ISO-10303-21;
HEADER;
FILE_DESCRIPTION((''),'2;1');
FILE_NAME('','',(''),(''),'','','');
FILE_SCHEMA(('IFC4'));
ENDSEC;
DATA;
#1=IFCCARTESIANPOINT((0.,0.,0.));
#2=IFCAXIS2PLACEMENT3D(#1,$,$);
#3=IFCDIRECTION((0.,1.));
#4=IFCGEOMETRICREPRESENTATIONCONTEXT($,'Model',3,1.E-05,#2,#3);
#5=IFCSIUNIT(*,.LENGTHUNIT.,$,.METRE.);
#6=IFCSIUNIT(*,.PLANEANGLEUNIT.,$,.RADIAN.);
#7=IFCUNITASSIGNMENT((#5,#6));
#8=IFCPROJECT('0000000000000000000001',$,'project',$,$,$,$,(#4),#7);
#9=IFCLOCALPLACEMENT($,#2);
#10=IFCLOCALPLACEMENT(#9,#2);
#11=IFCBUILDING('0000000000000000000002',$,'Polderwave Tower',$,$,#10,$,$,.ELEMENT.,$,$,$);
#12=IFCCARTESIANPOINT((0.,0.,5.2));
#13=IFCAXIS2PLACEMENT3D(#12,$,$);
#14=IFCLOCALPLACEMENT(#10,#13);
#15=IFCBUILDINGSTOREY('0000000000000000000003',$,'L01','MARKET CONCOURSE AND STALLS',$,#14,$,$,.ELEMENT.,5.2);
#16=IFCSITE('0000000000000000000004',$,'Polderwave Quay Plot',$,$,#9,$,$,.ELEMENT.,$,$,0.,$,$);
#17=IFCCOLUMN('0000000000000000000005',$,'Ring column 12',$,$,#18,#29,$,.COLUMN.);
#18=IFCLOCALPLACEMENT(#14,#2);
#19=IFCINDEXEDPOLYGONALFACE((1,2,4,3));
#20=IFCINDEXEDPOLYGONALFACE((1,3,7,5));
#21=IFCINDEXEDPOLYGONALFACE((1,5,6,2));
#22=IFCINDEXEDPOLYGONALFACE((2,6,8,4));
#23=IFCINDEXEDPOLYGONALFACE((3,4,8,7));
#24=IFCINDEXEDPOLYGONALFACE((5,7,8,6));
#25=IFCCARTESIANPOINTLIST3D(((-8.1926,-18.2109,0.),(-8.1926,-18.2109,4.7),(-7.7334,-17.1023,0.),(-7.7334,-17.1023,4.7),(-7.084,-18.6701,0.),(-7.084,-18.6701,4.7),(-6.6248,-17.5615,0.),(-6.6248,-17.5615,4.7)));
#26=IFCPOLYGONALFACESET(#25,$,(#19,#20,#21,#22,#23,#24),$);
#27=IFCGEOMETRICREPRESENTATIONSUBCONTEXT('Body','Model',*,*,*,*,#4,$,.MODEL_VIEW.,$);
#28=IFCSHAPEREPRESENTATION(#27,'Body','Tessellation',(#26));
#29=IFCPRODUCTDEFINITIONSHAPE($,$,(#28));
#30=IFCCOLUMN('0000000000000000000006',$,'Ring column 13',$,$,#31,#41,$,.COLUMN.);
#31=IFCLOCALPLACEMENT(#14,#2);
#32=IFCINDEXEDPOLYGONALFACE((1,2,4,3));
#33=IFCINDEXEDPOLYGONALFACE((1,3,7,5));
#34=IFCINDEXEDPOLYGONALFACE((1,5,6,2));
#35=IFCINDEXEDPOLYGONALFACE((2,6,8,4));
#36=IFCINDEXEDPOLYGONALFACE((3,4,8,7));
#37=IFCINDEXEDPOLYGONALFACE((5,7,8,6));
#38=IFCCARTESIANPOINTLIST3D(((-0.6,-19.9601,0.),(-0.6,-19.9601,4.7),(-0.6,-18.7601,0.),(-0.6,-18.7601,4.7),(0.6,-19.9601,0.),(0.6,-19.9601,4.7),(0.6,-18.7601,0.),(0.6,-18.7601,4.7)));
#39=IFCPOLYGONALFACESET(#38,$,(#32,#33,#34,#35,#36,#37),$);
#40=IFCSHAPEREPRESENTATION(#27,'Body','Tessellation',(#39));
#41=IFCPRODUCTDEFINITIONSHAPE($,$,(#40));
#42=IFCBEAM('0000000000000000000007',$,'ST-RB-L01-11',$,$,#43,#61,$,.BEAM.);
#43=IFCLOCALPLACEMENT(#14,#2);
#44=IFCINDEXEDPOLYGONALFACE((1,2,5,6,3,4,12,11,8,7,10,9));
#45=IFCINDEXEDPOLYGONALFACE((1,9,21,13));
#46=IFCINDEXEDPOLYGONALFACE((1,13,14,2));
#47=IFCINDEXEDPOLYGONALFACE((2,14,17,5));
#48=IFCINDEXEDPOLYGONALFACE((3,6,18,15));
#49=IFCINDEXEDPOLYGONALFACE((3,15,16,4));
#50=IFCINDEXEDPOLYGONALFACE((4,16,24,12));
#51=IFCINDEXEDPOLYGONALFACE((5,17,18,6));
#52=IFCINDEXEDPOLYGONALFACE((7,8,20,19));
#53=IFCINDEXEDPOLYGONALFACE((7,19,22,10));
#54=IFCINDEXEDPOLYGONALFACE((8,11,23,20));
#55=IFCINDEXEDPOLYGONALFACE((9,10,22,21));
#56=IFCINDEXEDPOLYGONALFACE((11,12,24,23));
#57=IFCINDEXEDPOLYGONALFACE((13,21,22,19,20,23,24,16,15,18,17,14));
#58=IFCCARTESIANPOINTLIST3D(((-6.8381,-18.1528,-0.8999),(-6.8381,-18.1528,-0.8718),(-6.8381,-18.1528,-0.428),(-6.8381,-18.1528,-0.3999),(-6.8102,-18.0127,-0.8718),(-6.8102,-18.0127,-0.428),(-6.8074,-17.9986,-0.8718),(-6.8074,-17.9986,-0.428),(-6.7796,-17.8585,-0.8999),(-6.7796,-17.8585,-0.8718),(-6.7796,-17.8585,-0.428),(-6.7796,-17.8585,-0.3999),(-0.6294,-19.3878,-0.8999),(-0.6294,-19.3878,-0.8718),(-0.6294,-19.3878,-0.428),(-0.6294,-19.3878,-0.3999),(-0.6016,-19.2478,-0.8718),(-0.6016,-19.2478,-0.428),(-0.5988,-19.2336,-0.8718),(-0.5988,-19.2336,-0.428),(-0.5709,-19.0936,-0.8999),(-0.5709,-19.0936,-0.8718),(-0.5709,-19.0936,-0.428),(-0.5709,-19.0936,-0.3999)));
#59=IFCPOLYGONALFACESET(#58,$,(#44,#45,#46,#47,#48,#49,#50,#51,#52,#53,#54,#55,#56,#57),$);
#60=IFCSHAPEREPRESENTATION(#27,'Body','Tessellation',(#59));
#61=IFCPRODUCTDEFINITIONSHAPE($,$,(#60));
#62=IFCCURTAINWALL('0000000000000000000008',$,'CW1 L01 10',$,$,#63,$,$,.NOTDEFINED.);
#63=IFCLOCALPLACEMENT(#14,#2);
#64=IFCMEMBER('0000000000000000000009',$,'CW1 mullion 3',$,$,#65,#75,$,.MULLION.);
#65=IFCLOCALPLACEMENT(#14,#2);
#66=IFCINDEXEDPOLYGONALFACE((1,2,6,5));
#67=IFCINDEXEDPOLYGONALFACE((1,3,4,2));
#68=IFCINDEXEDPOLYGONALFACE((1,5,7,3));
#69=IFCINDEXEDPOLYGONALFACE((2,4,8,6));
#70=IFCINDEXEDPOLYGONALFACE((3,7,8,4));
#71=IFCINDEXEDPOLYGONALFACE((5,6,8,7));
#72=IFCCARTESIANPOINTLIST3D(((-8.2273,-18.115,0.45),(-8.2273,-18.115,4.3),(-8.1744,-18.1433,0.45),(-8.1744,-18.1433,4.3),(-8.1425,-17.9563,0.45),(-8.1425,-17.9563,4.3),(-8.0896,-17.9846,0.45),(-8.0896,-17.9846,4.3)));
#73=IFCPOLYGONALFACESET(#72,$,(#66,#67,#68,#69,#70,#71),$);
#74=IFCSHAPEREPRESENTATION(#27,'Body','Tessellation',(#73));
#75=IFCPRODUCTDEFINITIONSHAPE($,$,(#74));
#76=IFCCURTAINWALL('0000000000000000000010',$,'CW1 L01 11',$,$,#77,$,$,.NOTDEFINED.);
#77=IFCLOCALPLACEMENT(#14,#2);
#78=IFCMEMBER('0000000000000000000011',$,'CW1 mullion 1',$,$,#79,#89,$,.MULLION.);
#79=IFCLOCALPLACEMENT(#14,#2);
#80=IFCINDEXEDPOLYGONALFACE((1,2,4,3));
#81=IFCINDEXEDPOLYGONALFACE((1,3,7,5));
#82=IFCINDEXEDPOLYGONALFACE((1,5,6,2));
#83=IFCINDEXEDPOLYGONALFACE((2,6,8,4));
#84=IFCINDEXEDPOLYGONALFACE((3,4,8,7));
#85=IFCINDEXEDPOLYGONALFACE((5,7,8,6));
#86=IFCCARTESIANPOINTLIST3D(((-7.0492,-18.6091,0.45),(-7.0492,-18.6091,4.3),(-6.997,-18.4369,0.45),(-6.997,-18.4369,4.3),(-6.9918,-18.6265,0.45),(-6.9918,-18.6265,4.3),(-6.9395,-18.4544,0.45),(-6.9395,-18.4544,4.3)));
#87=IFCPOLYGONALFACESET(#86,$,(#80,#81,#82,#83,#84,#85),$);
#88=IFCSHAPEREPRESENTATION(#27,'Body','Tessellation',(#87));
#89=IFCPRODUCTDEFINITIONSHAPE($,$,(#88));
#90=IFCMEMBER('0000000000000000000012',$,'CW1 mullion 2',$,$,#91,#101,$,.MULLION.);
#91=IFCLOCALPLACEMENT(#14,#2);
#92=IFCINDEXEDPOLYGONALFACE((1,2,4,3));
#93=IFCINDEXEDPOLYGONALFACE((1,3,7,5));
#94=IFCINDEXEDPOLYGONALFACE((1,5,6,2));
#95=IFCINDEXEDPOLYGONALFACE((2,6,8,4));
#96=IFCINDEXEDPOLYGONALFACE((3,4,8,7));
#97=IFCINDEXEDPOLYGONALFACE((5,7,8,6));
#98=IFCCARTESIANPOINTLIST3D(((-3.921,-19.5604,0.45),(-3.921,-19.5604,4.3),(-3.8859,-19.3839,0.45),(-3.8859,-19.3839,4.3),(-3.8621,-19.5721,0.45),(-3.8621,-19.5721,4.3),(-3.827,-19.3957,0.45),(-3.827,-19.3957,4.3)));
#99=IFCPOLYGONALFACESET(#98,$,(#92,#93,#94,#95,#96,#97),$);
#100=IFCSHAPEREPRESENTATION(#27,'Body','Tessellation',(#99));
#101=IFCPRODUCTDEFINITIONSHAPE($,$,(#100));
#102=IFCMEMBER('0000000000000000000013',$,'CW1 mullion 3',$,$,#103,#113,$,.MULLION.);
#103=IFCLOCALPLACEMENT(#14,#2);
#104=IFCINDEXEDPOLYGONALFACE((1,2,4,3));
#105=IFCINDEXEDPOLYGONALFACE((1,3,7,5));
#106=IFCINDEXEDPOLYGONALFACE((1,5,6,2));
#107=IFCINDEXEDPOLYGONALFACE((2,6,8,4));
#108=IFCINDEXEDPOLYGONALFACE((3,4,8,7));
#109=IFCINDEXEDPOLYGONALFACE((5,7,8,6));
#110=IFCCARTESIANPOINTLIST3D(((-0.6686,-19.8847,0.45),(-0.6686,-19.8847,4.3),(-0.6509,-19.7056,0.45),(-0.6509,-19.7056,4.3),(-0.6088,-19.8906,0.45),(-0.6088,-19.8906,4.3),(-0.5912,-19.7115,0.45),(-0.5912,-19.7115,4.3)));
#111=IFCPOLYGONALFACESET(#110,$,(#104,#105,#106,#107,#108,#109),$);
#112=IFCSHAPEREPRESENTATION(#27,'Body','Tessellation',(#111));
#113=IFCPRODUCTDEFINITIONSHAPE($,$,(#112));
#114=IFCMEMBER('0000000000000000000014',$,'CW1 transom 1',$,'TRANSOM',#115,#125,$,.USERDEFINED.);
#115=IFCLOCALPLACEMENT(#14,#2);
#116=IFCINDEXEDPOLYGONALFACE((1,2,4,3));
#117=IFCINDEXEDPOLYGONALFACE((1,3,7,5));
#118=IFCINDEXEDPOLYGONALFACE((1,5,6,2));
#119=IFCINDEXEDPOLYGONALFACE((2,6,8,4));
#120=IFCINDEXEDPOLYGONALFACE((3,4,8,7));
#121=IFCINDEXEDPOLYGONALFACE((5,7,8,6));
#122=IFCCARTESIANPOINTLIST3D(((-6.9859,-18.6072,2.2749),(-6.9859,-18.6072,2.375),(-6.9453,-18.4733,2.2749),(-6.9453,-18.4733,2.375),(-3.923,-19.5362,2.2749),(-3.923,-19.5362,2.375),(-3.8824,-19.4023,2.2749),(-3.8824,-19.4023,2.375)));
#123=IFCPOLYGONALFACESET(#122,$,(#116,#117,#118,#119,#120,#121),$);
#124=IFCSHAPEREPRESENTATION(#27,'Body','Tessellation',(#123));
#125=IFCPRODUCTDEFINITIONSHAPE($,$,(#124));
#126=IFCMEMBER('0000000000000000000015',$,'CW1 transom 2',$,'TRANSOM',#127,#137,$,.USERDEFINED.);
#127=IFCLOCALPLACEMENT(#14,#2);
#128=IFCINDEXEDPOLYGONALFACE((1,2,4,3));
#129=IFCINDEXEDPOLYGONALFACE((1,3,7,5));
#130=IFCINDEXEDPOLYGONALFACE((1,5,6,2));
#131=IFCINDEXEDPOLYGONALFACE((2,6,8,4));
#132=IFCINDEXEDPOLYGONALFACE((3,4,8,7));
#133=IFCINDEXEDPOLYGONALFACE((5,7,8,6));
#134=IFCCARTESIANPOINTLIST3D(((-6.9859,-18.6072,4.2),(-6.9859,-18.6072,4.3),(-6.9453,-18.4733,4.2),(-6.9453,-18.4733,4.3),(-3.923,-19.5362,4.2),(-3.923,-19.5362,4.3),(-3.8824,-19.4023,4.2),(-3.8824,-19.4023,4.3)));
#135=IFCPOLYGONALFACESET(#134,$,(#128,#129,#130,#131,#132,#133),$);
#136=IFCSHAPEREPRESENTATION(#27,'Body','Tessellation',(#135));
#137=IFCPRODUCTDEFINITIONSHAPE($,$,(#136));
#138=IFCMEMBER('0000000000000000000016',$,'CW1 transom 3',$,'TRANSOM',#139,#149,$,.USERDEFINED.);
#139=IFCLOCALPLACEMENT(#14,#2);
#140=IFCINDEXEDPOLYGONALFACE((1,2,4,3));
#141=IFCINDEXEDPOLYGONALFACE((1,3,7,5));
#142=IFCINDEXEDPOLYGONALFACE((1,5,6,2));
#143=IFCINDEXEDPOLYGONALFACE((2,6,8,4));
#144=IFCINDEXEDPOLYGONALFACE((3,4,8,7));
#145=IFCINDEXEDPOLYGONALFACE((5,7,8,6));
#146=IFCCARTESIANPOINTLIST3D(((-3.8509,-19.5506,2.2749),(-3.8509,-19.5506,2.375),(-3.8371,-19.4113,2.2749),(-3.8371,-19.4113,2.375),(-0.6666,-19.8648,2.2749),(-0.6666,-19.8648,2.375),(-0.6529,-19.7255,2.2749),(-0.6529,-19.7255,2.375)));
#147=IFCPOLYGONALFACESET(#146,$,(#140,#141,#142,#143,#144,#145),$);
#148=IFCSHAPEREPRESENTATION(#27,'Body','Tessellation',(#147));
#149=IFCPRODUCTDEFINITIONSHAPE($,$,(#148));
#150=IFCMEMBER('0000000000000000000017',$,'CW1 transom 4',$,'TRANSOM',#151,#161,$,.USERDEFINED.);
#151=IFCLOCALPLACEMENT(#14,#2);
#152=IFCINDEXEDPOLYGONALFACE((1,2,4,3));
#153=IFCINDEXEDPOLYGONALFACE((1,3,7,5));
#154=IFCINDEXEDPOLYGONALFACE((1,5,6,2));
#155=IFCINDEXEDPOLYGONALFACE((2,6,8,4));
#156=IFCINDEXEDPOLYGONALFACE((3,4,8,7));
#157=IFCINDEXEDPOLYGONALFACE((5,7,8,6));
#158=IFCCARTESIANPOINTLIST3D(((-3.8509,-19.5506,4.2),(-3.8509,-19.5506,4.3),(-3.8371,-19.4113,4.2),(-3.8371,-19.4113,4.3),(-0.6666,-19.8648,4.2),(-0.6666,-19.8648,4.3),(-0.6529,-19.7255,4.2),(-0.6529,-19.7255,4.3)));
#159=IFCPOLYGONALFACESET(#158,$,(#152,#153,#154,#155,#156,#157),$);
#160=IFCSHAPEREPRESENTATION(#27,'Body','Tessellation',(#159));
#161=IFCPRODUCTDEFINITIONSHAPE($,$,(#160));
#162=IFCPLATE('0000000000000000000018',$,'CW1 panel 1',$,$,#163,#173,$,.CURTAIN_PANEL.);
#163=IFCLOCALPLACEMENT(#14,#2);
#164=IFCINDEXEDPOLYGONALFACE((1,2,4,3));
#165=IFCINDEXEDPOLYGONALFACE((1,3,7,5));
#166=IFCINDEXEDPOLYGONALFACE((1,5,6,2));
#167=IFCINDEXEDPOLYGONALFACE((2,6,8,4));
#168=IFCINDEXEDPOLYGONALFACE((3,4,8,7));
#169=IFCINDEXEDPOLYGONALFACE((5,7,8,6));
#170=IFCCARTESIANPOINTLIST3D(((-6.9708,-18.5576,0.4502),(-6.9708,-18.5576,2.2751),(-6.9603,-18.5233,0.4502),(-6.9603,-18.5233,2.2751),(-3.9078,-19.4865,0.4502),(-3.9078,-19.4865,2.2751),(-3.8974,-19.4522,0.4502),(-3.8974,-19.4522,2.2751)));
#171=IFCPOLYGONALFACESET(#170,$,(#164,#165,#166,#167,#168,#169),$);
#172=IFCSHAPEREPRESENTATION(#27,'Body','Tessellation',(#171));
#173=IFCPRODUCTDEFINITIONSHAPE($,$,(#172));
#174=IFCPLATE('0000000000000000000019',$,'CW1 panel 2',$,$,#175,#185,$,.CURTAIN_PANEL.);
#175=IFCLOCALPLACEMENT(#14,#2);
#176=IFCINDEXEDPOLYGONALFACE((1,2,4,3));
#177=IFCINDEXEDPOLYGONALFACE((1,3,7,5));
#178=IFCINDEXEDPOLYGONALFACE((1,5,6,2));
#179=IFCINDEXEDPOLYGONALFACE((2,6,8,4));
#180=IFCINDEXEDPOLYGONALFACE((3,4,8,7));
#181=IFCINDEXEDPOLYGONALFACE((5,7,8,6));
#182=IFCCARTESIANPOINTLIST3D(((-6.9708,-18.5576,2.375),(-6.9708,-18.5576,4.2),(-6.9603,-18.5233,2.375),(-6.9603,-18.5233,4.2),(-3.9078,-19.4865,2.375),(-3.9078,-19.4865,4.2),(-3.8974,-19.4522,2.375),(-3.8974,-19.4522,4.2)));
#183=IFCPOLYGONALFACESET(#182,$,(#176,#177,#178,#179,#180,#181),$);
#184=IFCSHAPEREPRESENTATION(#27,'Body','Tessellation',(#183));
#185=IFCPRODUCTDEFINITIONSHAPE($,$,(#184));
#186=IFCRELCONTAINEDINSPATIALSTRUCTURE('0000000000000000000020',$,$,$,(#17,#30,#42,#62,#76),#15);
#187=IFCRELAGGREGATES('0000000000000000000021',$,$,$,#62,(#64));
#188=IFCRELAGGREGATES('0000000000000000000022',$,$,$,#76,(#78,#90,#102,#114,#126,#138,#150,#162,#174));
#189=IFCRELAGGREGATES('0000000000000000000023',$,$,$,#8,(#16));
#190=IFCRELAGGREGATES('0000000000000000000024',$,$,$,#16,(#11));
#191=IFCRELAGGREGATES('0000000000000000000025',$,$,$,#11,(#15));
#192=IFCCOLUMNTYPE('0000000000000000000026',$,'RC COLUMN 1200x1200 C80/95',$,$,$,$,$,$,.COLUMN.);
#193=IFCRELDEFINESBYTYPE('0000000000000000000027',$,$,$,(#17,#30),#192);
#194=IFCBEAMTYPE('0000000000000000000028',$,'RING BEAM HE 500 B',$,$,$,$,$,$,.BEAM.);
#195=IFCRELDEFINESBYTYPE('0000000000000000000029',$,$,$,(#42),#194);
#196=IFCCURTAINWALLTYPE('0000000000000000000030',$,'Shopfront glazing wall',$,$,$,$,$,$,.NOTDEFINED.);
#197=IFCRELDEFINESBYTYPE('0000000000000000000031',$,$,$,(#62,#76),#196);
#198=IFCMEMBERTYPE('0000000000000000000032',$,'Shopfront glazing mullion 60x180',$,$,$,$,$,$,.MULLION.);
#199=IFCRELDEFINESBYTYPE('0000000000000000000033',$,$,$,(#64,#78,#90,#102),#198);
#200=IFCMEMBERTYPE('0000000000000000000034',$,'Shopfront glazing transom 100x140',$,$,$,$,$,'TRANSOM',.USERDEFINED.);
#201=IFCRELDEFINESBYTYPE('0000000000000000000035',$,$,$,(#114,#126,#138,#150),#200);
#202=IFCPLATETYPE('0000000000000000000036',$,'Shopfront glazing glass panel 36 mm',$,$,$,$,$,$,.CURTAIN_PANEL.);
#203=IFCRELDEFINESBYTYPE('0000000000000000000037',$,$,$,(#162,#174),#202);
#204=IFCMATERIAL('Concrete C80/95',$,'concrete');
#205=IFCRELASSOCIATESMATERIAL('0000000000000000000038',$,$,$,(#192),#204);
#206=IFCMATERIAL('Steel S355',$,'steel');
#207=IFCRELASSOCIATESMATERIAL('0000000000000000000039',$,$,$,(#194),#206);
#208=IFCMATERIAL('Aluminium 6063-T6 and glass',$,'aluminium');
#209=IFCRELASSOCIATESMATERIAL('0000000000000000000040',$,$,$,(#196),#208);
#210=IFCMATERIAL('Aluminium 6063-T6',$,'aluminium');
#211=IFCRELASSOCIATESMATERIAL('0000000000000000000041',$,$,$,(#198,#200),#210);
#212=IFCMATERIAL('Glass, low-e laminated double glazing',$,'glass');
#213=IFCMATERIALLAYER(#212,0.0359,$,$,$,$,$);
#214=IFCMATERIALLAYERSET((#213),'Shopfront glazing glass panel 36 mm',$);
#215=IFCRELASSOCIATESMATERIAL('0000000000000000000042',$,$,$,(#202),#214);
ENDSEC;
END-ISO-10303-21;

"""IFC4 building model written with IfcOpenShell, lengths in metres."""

from ifc_helpers import new_model, si_unit, direction, frame, origin, origin_2d, place, context, subcontext, project, spatial, rectangle, i_section, extrude, material, layer, layer_set, material_profile, profile_set, type_object, element, aggregate, save


model = new_model("IFC4")

# Units and contexts
model_context = context("Model", 3, precision=1e-05, world=origin(), true_north=direction((0.0, 1.0)))
body_context = subcontext(model_context, "Body", "Model", "MODEL_VIEW")
ifc_project = project(units=[si_unit("LENGTHUNIT", "METRE"), si_unit("PLANEANGLEUNIT", "RADIAN")], contexts=[model_context])

# Site, building, storey
site_placement = place(None, origin())
site = spatial("IfcSite", under=ifc_project, at=site_placement, Name="Polderwave Quay Plot", CompositionType="ELEMENT", RefElevation=0.0)
building_placement = place(site_placement, origin())
building = spatial("IfcBuilding", under=site, at=building_placement, Name="Polderwave Tower", CompositionType="ELEMENT")
storey_placement = place(building_placement, frame((0.0, 0.0, 5.2)))
storey = spatial("IfcBuildingStorey", under=building, at=storey_placement, Name="L01", Description="MARKET CONCOURSE AND STALLS", CompositionType="ELEMENT", Elevation=5.2)

# Columns
ifc_material_1 = material(Name="Concrete C80/95", Category="concrete")
ifc_material_profile_1 = material_profile(ifc_material_1, rectangle(XDim=1.2, YDim=1.2, at=origin_2d()), Name="RC 1200x1200")
ifc_profile_set_1 = profile_set([ifc_material_profile_1], Name="Concrete C80/95")
column_type = type_object("IfcColumnType", Name="RC COLUMN 1200x1200 C80/95", PredefinedType="COLUMN", material=ifc_profile_set_1)
for number, where, z_axis, x_axis, name in (
    (1, (-7.4087, -17.8862, 0.0), (0.0, 0.0, 1.0), (-0.382683, -0.92388, 0.0), "Ring column 12"),
    (2, (0.0, -19.3601, 0.0), (0.0, 0.0, 1.0), (0.0, -1.0, 0.0), "Ring column 13"),
):
    element("IfcColumn", number, at=place(storey_placement, frame(where, z_axis=z_axis, x_axis=x_axis)), inside=storey, type_object=column_type, Name=name, PredefinedType="COLUMN", context=body_context, shape_type="SweptSolid", body=[
        extrude(rectangle(XDim=1.2, YDim=1.2, at=origin_2d()), origin(), (0.0, 0.0, 1.0), 4.7),
    ])

# Beam
ifc_material_2 = material(Name="Steel S355", Category="steel")
ifc_material_profile_2 = material_profile(ifc_material_2, i_section(OverallWidth=0.3, OverallDepth=0.5, WebThickness=0.0144, FlangeThickness=0.0281, at=origin_2d()), Name="HE 500 B")
ifc_profile_set_2 = profile_set([ifc_material_profile_2], Name="Steel S355")
beam_type = type_object("IfcBeamType", Name="RING BEAM HE 500 B", PredefinedType="BEAM", material=ifc_profile_set_2)
beam_placement = place(storey_placement, frame((-6.8088, -18.0056, -0.6499), z_axis=(0.980782, -0.195107, 0.0), x_axis=(0.195107, 0.980782, 0.0)))
element("IfcBeam", 3, at=beam_placement, inside=storey, type_object=beam_type, Name="ST-RB-L01-11", PredefinedType="BEAM", context=body_context, shape_type="SweptSolid", body=[
    extrude(i_section(OverallWidth=0.3, OverallDepth=0.5, WebThickness=0.0144, FlangeThickness=0.0281, at=origin_2d()), origin(), (0.0, 0.0, 1.0), 6.3303),
])

# Curtain wall, member
ifc_material_3 = material(Name="Aluminium 6063-T6 and glass", Category="aluminium")
curtain_wall_type = type_object("IfcCurtainWallType", Name="Shopfront glazing wall", PredefinedType="NOTDEFINED", material=ifc_material_3)
curtain_wall_1_placement = place(storey_placement, origin())
curtain_wall_1 = element("IfcCurtainWall", 4, at=curtain_wall_1_placement, inside=storey, type_object=curtain_wall_type, Name="CW1 L01 10", PredefinedType="NOTDEFINED")
ifc_material_4 = material(Name="Aluminium 6063-T6", Category="aluminium")
ifc_material_profile_3 = material_profile(ifc_material_4, rectangle(XDim=0.1799, YDim=0.0601, at=origin_2d()), Name="AL 60x180")
ifc_profile_set_3 = profile_set([ifc_material_profile_3], Name="Aluminium 6063-T6")
member_type_1 = type_object("IfcMemberType", Name="Shopfront glazing mullion 60x180", PredefinedType="MULLION", material=ifc_profile_set_3)
member_1_placement = place(storey_placement, frame((-8.1584, -18.0498, 0.45), z_axis=(0.0, 0.0, 1.0), x_axis=(0.471361, 0.88194, 0.0)))
member_1 = element("IfcMember", 5, at=member_1_placement, type_object=member_type_1, Name="CW1 mullion 3", PredefinedType="MULLION", context=body_context, shape_type="SweptSolid", body=[
    extrude(rectangle(XDim=0.1799, YDim=0.0601, at=origin_2d()), origin(), (0.0, 0.0, 1.0), 3.8501),
])
aggregate(curtain_wall_1, [member_1])

# Curtain wall, members, plates
curtain_wall_2_placement = place(storey_placement, origin())
curtain_wall_2 = element("IfcCurtainWall", 6, at=curtain_wall_2_placement, inside=storey, type_object=curtain_wall_type, Name="CW1 L01 11", PredefinedType="NOTDEFINED")
member_2_placement = place(storey_placement, frame((-6.9944, -18.5317, 0.45), z_axis=(0.0, 0.0, 1.0), x_axis=(0.290218, 0.956961, 0.0)))
member_2 = element("IfcMember", 7, at=member_2_placement, type_object=member_type_1, Name="CW1 mullion 1", PredefinedType="MULLION", context=body_context, shape_type="SweptSolid", body=[
    extrude(rectangle(XDim=0.1799, YDim=0.0601, at=origin_2d()), origin(), (0.0, 0.0, 1.0), 3.8501),
])
member_3_placement = place(storey_placement, frame((-3.874, -19.478, 0.45), z_axis=(0.0, 0.0, 1.0), x_axis=(0.195137, 0.980776, 0.0)))
member_3 = element("IfcMember", 8, at=member_3_placement, type_object=member_type_1, Name="CW1 mullion 2", PredefinedType="MULLION", context=body_context, shape_type="SweptSolid", body=[
    extrude(rectangle(XDim=0.1799, YDim=0.0601, at=origin_2d()), origin(), (0.0, 0.0, 1.0), 3.8501),
])
member_4_placement = place(storey_placement, frame((-0.6299, -19.7981, 0.45), z_axis=(0.0, 0.0, 1.0), x_axis=(0.098179, 0.995169, 0.0)))
member_4 = element("IfcMember", 9, at=member_4_placement, type_object=member_type_1, Name="CW1 mullion 3", PredefinedType="MULLION", context=body_context, shape_type="SweptSolid", body=[
    extrude(rectangle(XDim=0.1799, YDim=0.0601, at=origin_2d()), origin(), (0.0, 0.0, 1.0), 3.8501),
])
ifc_material_profile_4 = material_profile(ifc_material_4, rectangle(XDim=0.1399, YDim=0.1001, at=origin_2d()), Name="AL 100x140")
ifc_profile_set_4 = profile_set([ifc_material_profile_4], Name="Aluminium 6063-T6")
member_type_2 = type_object("IfcMemberType", Name="Shopfront glazing transom 100x140", ElementType="TRANSOM", PredefinedType="USERDEFINED", material=ifc_profile_set_4)
member_5_placement = place(storey_placement, frame((-6.9656, -18.5403, 2.325), z_axis=(0.956957, -0.29023, 0.0), x_axis=(0.29023, 0.956957, 0.0)))
member_5 = element("IfcMember", 10, at=member_5_placement, type_object=member_type_2, Name="CW1 transom 1", ObjectType="TRANSOM", PredefinedType="USERDEFINED", context=body_context, shape_type="SweptSolid", body=[
    extrude(rectangle(XDim=0.1399, YDim=0.1001, at=origin_2d()), origin(), (0.0, 0.0, 1.0), 3.2007),
])
member_6_placement = place(storey_placement, frame((-6.9656, -18.5403, 4.25), z_axis=(0.956957, -0.29023, 0.0), x_axis=(0.29023, 0.956957, 0.0)))
member_6 = element("IfcMember", 11, at=member_6_placement, type_object=member_type_2, Name="CW1 transom 2", ObjectType="TRANSOM", PredefinedType="USERDEFINED", context=body_context, shape_type="SweptSolid", body=[
    extrude(rectangle(XDim=0.1399, YDim=0.1001, at=origin_2d()), origin(), (0.0, 0.0, 1.0), 3.2007),
])
member_7_placement = place(storey_placement, frame((-3.844, -19.481, 2.325), z_axis=(0.995167, -0.098197, 0.0), x_axis=(0.098197, 0.995167, 0.0)))
member_7 = element("IfcMember", 12, at=member_7_placement, type_object=member_type_2, Name="CW1 transom 3", ObjectType="TRANSOM", PredefinedType="USERDEFINED", context=body_context, shape_type="SweptSolid", body=[
    extrude(rectangle(XDim=0.1399, YDim=0.1001, at=origin_2d()), origin(), (0.0, 0.0, 1.0), 3.1997),
])
member_8_placement = place(storey_placement, frame((-3.844, -19.481, 4.25), z_axis=(0.995167, -0.098197, 0.0), x_axis=(0.098197, 0.995167, 0.0)))
member_8 = element("IfcMember", 13, at=member_8_placement, type_object=member_type_2, Name="CW1 transom 4", ObjectType="TRANSOM", PredefinedType="USERDEFINED", context=body_context, shape_type="SweptSolid", body=[
    extrude(rectangle(XDim=0.1399, YDim=0.1001, at=origin_2d()), origin(), (0.0, 0.0, 1.0), 3.1997),
])
ifc_material_5 = material(Name="Glass, low-e laminated double glazing", Category="glass")
ifc_layer_1 = layer(ifc_material_5, 0.0359)
ifc_layer_set_1 = layer_set([ifc_layer_1], Name="Shopfront glazing glass panel 36 mm")
plate_type = type_object("IfcPlateType", Name="Shopfront glazing glass panel 36 mm", PredefinedType="CURTAIN_PANEL", material=ifc_layer_set_1)
plate_1_placement = place(storey_placement, frame((-5.4341, -19.0049, 0.4502), z_axis=(0.0, 0.0, 1.0), x_axis=(0.956961, -0.290218, 0.0)))
plate_1 = element("IfcPlate", 14, at=plate_1_placement, type_object=plate_type, Name="CW1 panel 1", PredefinedType="CURTAIN_PANEL", context=body_context, shape_type="SweptSolid", body=[
    extrude(rectangle(XDim=3.2007, YDim=0.0359, at=origin_2d()), origin(), (0.0, 0.0, 1.0), 1.825),
])
plate_2_placement = place(storey_placement, frame((-5.4341, -19.0049, 2.375), z_axis=(0.0, 0.0, 1.0), x_axis=(0.956961, -0.290218, 0.0)))
plate_2 = element("IfcPlate", 15, at=plate_2_placement, type_object=plate_type, Name="CW1 panel 2", PredefinedType="CURTAIN_PANEL", context=body_context, shape_type="SweptSolid", body=[
    extrude(rectangle(XDim=3.2007, YDim=0.0359, at=origin_2d()), origin(), (0.0, 0.0, 1.0), 1.825),
])
aggregate(curtain_wall_2, [member_2, member_3, member_4, member_5, member_6, member_7, member_8, plate_1, plate_2])

save(model, "model.ifc")
